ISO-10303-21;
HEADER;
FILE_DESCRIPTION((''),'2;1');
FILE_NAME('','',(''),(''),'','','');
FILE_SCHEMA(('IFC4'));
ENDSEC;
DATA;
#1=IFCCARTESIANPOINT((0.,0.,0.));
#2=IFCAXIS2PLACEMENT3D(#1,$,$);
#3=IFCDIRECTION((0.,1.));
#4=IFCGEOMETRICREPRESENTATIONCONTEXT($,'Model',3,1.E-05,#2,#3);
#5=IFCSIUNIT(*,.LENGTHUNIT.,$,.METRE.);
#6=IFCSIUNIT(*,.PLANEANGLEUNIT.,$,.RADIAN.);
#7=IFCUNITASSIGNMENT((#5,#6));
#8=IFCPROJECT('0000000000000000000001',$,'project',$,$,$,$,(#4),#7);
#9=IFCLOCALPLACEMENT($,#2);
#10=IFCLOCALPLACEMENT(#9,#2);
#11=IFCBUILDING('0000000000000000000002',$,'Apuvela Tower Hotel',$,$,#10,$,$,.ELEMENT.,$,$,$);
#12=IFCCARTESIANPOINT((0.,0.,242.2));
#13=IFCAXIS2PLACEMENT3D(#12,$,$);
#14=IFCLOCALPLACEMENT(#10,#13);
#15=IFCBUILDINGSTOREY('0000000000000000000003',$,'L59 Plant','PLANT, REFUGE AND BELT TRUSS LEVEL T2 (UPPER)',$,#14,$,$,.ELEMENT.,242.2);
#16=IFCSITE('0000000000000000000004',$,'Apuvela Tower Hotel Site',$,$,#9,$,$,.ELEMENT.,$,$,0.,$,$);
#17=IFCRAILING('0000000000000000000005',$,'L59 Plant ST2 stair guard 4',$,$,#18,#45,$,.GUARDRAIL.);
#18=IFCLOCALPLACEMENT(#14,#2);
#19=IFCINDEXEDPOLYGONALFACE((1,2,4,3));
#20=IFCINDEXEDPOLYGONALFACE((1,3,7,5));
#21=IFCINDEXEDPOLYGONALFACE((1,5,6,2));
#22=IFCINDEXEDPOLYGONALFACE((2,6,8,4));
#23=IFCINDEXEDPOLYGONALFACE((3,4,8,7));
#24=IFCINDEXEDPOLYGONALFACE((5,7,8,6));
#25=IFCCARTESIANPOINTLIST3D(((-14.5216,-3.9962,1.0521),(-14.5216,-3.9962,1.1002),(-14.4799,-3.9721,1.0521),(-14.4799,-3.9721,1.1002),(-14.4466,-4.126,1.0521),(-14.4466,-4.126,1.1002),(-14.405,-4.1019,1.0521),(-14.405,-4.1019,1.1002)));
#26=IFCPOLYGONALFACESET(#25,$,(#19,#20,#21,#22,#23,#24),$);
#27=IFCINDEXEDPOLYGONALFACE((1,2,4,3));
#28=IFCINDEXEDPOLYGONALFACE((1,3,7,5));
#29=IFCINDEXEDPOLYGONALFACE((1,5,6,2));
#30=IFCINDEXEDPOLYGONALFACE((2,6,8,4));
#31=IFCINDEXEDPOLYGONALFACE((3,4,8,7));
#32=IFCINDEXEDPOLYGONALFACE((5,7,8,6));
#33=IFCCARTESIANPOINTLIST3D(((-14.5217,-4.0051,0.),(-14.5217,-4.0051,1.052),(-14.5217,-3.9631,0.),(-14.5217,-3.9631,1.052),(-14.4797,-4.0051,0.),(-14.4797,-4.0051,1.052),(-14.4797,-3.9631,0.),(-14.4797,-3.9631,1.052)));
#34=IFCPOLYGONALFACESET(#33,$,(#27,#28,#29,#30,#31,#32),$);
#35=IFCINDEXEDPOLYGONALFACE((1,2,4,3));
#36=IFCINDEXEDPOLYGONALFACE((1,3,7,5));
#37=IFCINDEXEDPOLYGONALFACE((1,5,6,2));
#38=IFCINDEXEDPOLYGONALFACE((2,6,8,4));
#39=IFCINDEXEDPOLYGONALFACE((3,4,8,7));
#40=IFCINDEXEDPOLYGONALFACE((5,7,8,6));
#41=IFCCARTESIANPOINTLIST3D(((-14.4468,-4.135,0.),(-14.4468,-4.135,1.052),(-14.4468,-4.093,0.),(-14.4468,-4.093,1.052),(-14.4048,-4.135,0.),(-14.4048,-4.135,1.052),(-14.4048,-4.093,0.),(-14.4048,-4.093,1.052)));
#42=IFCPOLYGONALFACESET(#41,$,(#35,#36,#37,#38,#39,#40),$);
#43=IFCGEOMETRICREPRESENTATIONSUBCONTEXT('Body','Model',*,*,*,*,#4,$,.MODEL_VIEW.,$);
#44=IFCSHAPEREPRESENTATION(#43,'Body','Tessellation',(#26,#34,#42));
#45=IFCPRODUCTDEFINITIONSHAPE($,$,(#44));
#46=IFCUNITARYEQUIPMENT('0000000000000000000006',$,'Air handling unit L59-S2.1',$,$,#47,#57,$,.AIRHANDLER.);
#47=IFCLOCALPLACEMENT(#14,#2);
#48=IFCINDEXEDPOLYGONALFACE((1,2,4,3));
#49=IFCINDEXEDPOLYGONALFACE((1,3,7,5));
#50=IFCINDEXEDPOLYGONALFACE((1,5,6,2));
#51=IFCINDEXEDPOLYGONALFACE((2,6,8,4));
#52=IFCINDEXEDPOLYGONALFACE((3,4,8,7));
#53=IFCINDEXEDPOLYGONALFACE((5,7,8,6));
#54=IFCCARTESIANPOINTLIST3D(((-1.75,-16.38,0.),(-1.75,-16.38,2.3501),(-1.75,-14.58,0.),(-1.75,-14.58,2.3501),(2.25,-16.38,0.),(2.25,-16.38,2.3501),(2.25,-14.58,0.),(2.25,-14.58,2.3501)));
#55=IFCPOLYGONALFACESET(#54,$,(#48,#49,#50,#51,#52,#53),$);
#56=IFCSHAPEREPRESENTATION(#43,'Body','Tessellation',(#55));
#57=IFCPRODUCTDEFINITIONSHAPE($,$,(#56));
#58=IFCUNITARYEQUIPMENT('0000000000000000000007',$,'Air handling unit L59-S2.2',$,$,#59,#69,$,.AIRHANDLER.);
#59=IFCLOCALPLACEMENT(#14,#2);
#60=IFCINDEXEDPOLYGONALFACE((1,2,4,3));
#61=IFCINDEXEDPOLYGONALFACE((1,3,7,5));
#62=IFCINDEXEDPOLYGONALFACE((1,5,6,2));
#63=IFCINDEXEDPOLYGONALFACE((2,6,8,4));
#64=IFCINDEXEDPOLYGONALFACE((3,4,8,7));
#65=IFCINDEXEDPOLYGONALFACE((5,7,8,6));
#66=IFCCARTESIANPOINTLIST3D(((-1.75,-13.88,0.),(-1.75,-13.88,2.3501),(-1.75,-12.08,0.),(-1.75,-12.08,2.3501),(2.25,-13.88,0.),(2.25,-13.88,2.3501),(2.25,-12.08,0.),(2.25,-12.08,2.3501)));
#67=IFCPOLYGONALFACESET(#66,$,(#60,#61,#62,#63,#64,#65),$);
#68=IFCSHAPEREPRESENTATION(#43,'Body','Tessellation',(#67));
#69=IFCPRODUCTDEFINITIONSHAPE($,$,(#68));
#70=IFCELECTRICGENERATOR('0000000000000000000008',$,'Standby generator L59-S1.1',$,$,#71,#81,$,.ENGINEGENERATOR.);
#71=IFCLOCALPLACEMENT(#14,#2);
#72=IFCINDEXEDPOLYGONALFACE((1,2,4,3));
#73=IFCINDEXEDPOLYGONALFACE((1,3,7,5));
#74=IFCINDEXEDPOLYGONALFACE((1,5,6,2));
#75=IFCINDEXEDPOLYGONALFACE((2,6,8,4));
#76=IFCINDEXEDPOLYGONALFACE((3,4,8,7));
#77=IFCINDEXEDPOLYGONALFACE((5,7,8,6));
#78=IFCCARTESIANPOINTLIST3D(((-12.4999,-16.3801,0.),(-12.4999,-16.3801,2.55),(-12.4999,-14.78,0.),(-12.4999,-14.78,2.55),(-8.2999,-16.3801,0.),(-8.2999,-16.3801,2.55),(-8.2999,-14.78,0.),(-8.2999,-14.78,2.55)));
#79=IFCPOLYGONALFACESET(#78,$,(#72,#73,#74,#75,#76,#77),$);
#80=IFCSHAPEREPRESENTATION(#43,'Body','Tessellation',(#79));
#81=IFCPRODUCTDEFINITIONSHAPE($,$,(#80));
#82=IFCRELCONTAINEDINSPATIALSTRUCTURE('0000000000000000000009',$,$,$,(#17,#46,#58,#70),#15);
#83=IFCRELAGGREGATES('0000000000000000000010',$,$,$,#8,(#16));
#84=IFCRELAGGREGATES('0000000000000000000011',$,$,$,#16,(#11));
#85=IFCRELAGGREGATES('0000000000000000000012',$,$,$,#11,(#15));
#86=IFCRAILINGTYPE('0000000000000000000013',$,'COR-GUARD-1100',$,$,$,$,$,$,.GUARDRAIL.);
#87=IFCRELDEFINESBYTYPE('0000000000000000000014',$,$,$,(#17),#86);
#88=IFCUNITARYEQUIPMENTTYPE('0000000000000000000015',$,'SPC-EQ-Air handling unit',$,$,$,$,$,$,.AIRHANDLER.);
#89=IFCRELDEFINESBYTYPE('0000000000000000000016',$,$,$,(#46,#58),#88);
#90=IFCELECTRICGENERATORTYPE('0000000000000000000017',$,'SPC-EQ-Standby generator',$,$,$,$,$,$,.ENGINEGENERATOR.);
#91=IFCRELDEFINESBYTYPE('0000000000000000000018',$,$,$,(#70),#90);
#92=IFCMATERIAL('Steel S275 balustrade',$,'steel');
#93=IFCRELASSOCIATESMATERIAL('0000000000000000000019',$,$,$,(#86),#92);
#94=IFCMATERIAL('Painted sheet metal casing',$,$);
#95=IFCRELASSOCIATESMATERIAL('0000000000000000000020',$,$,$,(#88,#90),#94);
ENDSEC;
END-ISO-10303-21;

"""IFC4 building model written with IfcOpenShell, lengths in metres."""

from ifc_helpers import new_model, si_unit, direction, frame, origin, origin_2d, place, context, subcontext, project, spatial, rectangle, extrude, material, type_object, element, save


model = new_model("IFC4")

# Units and contexts
model_context = context("Model", 3, precision=1e-05, world=origin(), true_north=direction((0.0, 1.0)))
body_context = subcontext(model_context, "Body", "Model", "MODEL_VIEW")
ifc_project = project(units=[si_unit("LENGTHUNIT", "METRE"), si_unit("PLANEANGLEUNIT", "RADIAN")], contexts=[model_context])

# Site, building, storey
site_placement = place(None, origin())
site = spatial("IfcSite", under=ifc_project, at=site_placement, Name="Apuvela Tower Hotel Site", CompositionType="ELEMENT", RefElevation=0.0)
building_placement = place(site_placement, origin())
building = spatial("IfcBuilding", under=site, at=building_placement, Name="Apuvela Tower Hotel", CompositionType="ELEMENT")
storey_placement = place(building_placement, frame((0.0, 0.0, 242.2)))
storey = spatial("IfcBuildingStorey", under=building, at=storey_placement, Name="L59 Plant", Description="PLANT, REFUGE AND BELT TRUSS LEVEL T2 (UPPER)", CompositionType="ELEMENT", Elevation=242.2)

# Railing
ifc_material_1 = material(Name="Steel S275 balustrade", Category="steel")
railing_type = type_object("IfcRailingType", Name="COR-GUARD-1100", PredefinedType="GUARDRAIL", material=ifc_material_1)
railing_1_placement = place(storey_placement, frame((-14.5007, -3.9841, 0.0)))
element("IfcRailing", 1, at=railing_1_placement, inside=storey, type_object=railing_type, Name="L59 Plant ST2 stair guard 4", PredefinedType="GUARDRAIL", context=body_context, shape_type="SweptSolid", body=[
    extrude(rectangle(XDim=0.0481, YDim=0.0481, at=origin_2d()), frame((0.0, 0.0, 1.0762), z_axis=(0.499816, -0.866131, 0.0), x_axis=(0.866131, 0.499816, 0.0)), (0.0, 0.0, 1.0), 0.1499),
    extrude(rectangle(XDim=0.042, YDim=0.042, at=origin_2d()), origin(), (0.0, 0.0, 1.0), 1.052),
    extrude(rectangle(XDim=0.042, YDim=0.042, at=origin_2d()), frame((0.075, -0.1299, 0.0)), (0.0, 0.0, 1.0), 1.052),
])

# Unitary equipment
ifc_material_2 = material(Name="Painted sheet metal casing")
unitary_equipment_type = type_object("IfcUnitaryEquipmentType", Name="SPC-EQ-Air handling unit", PredefinedType="AIRHANDLER", material=ifc_material_2)
for number, where, z_axis, x_axis, name in (
    (2, (0.25, -15.48, 0.0), (0.0, 0.0, 1.0), (1.0, 0.0, 0.0), "Air handling unit L59-S2.1"),
    (3, (0.25, -12.98, 0.0), (0.0, 0.0, 1.0), (1.0, 0.0, 0.0), "Air handling unit L59-S2.2"),
):
    element("IfcUnitaryEquipment", number, at=place(storey_placement, frame(where, z_axis=z_axis, x_axis=x_axis)), inside=storey, type_object=unitary_equipment_type, Name=name, PredefinedType="AIRHANDLER", context=body_context, shape_type="SweptSolid", body=[
        extrude(rectangle(XDim=4.0, YDim=1.8, at=origin_2d()), origin(), (0.0, 0.0, 1.0), 2.3501),
    ])

# Electric generator
electric_generator_type = type_object("IfcElectricGeneratorType", Name="SPC-EQ-Standby generator", PredefinedType="ENGINEGENERATOR", material=ifc_material_2)
electric_generator_placement = place(storey_placement, frame((-10.3999, -15.5801, 0.0), z_axis=(0.0, 0.0, 1.0), x_axis=(1.0, 0.0, 0.0)))
element("IfcElectricGenerator", 4, at=electric_generator_placement, inside=storey, type_object=electric_generator_type, Name="Standby generator L59-S1.1", PredefinedType="ENGINEGENERATOR", context=body_context, shape_type="SweptSolid", body=[
    extrude(rectangle(XDim=4.2, YDim=1.6001, at=origin_2d()), origin(), (0.0, 0.0, 1.0), 2.55),
])

save(model, "model.ifc")
